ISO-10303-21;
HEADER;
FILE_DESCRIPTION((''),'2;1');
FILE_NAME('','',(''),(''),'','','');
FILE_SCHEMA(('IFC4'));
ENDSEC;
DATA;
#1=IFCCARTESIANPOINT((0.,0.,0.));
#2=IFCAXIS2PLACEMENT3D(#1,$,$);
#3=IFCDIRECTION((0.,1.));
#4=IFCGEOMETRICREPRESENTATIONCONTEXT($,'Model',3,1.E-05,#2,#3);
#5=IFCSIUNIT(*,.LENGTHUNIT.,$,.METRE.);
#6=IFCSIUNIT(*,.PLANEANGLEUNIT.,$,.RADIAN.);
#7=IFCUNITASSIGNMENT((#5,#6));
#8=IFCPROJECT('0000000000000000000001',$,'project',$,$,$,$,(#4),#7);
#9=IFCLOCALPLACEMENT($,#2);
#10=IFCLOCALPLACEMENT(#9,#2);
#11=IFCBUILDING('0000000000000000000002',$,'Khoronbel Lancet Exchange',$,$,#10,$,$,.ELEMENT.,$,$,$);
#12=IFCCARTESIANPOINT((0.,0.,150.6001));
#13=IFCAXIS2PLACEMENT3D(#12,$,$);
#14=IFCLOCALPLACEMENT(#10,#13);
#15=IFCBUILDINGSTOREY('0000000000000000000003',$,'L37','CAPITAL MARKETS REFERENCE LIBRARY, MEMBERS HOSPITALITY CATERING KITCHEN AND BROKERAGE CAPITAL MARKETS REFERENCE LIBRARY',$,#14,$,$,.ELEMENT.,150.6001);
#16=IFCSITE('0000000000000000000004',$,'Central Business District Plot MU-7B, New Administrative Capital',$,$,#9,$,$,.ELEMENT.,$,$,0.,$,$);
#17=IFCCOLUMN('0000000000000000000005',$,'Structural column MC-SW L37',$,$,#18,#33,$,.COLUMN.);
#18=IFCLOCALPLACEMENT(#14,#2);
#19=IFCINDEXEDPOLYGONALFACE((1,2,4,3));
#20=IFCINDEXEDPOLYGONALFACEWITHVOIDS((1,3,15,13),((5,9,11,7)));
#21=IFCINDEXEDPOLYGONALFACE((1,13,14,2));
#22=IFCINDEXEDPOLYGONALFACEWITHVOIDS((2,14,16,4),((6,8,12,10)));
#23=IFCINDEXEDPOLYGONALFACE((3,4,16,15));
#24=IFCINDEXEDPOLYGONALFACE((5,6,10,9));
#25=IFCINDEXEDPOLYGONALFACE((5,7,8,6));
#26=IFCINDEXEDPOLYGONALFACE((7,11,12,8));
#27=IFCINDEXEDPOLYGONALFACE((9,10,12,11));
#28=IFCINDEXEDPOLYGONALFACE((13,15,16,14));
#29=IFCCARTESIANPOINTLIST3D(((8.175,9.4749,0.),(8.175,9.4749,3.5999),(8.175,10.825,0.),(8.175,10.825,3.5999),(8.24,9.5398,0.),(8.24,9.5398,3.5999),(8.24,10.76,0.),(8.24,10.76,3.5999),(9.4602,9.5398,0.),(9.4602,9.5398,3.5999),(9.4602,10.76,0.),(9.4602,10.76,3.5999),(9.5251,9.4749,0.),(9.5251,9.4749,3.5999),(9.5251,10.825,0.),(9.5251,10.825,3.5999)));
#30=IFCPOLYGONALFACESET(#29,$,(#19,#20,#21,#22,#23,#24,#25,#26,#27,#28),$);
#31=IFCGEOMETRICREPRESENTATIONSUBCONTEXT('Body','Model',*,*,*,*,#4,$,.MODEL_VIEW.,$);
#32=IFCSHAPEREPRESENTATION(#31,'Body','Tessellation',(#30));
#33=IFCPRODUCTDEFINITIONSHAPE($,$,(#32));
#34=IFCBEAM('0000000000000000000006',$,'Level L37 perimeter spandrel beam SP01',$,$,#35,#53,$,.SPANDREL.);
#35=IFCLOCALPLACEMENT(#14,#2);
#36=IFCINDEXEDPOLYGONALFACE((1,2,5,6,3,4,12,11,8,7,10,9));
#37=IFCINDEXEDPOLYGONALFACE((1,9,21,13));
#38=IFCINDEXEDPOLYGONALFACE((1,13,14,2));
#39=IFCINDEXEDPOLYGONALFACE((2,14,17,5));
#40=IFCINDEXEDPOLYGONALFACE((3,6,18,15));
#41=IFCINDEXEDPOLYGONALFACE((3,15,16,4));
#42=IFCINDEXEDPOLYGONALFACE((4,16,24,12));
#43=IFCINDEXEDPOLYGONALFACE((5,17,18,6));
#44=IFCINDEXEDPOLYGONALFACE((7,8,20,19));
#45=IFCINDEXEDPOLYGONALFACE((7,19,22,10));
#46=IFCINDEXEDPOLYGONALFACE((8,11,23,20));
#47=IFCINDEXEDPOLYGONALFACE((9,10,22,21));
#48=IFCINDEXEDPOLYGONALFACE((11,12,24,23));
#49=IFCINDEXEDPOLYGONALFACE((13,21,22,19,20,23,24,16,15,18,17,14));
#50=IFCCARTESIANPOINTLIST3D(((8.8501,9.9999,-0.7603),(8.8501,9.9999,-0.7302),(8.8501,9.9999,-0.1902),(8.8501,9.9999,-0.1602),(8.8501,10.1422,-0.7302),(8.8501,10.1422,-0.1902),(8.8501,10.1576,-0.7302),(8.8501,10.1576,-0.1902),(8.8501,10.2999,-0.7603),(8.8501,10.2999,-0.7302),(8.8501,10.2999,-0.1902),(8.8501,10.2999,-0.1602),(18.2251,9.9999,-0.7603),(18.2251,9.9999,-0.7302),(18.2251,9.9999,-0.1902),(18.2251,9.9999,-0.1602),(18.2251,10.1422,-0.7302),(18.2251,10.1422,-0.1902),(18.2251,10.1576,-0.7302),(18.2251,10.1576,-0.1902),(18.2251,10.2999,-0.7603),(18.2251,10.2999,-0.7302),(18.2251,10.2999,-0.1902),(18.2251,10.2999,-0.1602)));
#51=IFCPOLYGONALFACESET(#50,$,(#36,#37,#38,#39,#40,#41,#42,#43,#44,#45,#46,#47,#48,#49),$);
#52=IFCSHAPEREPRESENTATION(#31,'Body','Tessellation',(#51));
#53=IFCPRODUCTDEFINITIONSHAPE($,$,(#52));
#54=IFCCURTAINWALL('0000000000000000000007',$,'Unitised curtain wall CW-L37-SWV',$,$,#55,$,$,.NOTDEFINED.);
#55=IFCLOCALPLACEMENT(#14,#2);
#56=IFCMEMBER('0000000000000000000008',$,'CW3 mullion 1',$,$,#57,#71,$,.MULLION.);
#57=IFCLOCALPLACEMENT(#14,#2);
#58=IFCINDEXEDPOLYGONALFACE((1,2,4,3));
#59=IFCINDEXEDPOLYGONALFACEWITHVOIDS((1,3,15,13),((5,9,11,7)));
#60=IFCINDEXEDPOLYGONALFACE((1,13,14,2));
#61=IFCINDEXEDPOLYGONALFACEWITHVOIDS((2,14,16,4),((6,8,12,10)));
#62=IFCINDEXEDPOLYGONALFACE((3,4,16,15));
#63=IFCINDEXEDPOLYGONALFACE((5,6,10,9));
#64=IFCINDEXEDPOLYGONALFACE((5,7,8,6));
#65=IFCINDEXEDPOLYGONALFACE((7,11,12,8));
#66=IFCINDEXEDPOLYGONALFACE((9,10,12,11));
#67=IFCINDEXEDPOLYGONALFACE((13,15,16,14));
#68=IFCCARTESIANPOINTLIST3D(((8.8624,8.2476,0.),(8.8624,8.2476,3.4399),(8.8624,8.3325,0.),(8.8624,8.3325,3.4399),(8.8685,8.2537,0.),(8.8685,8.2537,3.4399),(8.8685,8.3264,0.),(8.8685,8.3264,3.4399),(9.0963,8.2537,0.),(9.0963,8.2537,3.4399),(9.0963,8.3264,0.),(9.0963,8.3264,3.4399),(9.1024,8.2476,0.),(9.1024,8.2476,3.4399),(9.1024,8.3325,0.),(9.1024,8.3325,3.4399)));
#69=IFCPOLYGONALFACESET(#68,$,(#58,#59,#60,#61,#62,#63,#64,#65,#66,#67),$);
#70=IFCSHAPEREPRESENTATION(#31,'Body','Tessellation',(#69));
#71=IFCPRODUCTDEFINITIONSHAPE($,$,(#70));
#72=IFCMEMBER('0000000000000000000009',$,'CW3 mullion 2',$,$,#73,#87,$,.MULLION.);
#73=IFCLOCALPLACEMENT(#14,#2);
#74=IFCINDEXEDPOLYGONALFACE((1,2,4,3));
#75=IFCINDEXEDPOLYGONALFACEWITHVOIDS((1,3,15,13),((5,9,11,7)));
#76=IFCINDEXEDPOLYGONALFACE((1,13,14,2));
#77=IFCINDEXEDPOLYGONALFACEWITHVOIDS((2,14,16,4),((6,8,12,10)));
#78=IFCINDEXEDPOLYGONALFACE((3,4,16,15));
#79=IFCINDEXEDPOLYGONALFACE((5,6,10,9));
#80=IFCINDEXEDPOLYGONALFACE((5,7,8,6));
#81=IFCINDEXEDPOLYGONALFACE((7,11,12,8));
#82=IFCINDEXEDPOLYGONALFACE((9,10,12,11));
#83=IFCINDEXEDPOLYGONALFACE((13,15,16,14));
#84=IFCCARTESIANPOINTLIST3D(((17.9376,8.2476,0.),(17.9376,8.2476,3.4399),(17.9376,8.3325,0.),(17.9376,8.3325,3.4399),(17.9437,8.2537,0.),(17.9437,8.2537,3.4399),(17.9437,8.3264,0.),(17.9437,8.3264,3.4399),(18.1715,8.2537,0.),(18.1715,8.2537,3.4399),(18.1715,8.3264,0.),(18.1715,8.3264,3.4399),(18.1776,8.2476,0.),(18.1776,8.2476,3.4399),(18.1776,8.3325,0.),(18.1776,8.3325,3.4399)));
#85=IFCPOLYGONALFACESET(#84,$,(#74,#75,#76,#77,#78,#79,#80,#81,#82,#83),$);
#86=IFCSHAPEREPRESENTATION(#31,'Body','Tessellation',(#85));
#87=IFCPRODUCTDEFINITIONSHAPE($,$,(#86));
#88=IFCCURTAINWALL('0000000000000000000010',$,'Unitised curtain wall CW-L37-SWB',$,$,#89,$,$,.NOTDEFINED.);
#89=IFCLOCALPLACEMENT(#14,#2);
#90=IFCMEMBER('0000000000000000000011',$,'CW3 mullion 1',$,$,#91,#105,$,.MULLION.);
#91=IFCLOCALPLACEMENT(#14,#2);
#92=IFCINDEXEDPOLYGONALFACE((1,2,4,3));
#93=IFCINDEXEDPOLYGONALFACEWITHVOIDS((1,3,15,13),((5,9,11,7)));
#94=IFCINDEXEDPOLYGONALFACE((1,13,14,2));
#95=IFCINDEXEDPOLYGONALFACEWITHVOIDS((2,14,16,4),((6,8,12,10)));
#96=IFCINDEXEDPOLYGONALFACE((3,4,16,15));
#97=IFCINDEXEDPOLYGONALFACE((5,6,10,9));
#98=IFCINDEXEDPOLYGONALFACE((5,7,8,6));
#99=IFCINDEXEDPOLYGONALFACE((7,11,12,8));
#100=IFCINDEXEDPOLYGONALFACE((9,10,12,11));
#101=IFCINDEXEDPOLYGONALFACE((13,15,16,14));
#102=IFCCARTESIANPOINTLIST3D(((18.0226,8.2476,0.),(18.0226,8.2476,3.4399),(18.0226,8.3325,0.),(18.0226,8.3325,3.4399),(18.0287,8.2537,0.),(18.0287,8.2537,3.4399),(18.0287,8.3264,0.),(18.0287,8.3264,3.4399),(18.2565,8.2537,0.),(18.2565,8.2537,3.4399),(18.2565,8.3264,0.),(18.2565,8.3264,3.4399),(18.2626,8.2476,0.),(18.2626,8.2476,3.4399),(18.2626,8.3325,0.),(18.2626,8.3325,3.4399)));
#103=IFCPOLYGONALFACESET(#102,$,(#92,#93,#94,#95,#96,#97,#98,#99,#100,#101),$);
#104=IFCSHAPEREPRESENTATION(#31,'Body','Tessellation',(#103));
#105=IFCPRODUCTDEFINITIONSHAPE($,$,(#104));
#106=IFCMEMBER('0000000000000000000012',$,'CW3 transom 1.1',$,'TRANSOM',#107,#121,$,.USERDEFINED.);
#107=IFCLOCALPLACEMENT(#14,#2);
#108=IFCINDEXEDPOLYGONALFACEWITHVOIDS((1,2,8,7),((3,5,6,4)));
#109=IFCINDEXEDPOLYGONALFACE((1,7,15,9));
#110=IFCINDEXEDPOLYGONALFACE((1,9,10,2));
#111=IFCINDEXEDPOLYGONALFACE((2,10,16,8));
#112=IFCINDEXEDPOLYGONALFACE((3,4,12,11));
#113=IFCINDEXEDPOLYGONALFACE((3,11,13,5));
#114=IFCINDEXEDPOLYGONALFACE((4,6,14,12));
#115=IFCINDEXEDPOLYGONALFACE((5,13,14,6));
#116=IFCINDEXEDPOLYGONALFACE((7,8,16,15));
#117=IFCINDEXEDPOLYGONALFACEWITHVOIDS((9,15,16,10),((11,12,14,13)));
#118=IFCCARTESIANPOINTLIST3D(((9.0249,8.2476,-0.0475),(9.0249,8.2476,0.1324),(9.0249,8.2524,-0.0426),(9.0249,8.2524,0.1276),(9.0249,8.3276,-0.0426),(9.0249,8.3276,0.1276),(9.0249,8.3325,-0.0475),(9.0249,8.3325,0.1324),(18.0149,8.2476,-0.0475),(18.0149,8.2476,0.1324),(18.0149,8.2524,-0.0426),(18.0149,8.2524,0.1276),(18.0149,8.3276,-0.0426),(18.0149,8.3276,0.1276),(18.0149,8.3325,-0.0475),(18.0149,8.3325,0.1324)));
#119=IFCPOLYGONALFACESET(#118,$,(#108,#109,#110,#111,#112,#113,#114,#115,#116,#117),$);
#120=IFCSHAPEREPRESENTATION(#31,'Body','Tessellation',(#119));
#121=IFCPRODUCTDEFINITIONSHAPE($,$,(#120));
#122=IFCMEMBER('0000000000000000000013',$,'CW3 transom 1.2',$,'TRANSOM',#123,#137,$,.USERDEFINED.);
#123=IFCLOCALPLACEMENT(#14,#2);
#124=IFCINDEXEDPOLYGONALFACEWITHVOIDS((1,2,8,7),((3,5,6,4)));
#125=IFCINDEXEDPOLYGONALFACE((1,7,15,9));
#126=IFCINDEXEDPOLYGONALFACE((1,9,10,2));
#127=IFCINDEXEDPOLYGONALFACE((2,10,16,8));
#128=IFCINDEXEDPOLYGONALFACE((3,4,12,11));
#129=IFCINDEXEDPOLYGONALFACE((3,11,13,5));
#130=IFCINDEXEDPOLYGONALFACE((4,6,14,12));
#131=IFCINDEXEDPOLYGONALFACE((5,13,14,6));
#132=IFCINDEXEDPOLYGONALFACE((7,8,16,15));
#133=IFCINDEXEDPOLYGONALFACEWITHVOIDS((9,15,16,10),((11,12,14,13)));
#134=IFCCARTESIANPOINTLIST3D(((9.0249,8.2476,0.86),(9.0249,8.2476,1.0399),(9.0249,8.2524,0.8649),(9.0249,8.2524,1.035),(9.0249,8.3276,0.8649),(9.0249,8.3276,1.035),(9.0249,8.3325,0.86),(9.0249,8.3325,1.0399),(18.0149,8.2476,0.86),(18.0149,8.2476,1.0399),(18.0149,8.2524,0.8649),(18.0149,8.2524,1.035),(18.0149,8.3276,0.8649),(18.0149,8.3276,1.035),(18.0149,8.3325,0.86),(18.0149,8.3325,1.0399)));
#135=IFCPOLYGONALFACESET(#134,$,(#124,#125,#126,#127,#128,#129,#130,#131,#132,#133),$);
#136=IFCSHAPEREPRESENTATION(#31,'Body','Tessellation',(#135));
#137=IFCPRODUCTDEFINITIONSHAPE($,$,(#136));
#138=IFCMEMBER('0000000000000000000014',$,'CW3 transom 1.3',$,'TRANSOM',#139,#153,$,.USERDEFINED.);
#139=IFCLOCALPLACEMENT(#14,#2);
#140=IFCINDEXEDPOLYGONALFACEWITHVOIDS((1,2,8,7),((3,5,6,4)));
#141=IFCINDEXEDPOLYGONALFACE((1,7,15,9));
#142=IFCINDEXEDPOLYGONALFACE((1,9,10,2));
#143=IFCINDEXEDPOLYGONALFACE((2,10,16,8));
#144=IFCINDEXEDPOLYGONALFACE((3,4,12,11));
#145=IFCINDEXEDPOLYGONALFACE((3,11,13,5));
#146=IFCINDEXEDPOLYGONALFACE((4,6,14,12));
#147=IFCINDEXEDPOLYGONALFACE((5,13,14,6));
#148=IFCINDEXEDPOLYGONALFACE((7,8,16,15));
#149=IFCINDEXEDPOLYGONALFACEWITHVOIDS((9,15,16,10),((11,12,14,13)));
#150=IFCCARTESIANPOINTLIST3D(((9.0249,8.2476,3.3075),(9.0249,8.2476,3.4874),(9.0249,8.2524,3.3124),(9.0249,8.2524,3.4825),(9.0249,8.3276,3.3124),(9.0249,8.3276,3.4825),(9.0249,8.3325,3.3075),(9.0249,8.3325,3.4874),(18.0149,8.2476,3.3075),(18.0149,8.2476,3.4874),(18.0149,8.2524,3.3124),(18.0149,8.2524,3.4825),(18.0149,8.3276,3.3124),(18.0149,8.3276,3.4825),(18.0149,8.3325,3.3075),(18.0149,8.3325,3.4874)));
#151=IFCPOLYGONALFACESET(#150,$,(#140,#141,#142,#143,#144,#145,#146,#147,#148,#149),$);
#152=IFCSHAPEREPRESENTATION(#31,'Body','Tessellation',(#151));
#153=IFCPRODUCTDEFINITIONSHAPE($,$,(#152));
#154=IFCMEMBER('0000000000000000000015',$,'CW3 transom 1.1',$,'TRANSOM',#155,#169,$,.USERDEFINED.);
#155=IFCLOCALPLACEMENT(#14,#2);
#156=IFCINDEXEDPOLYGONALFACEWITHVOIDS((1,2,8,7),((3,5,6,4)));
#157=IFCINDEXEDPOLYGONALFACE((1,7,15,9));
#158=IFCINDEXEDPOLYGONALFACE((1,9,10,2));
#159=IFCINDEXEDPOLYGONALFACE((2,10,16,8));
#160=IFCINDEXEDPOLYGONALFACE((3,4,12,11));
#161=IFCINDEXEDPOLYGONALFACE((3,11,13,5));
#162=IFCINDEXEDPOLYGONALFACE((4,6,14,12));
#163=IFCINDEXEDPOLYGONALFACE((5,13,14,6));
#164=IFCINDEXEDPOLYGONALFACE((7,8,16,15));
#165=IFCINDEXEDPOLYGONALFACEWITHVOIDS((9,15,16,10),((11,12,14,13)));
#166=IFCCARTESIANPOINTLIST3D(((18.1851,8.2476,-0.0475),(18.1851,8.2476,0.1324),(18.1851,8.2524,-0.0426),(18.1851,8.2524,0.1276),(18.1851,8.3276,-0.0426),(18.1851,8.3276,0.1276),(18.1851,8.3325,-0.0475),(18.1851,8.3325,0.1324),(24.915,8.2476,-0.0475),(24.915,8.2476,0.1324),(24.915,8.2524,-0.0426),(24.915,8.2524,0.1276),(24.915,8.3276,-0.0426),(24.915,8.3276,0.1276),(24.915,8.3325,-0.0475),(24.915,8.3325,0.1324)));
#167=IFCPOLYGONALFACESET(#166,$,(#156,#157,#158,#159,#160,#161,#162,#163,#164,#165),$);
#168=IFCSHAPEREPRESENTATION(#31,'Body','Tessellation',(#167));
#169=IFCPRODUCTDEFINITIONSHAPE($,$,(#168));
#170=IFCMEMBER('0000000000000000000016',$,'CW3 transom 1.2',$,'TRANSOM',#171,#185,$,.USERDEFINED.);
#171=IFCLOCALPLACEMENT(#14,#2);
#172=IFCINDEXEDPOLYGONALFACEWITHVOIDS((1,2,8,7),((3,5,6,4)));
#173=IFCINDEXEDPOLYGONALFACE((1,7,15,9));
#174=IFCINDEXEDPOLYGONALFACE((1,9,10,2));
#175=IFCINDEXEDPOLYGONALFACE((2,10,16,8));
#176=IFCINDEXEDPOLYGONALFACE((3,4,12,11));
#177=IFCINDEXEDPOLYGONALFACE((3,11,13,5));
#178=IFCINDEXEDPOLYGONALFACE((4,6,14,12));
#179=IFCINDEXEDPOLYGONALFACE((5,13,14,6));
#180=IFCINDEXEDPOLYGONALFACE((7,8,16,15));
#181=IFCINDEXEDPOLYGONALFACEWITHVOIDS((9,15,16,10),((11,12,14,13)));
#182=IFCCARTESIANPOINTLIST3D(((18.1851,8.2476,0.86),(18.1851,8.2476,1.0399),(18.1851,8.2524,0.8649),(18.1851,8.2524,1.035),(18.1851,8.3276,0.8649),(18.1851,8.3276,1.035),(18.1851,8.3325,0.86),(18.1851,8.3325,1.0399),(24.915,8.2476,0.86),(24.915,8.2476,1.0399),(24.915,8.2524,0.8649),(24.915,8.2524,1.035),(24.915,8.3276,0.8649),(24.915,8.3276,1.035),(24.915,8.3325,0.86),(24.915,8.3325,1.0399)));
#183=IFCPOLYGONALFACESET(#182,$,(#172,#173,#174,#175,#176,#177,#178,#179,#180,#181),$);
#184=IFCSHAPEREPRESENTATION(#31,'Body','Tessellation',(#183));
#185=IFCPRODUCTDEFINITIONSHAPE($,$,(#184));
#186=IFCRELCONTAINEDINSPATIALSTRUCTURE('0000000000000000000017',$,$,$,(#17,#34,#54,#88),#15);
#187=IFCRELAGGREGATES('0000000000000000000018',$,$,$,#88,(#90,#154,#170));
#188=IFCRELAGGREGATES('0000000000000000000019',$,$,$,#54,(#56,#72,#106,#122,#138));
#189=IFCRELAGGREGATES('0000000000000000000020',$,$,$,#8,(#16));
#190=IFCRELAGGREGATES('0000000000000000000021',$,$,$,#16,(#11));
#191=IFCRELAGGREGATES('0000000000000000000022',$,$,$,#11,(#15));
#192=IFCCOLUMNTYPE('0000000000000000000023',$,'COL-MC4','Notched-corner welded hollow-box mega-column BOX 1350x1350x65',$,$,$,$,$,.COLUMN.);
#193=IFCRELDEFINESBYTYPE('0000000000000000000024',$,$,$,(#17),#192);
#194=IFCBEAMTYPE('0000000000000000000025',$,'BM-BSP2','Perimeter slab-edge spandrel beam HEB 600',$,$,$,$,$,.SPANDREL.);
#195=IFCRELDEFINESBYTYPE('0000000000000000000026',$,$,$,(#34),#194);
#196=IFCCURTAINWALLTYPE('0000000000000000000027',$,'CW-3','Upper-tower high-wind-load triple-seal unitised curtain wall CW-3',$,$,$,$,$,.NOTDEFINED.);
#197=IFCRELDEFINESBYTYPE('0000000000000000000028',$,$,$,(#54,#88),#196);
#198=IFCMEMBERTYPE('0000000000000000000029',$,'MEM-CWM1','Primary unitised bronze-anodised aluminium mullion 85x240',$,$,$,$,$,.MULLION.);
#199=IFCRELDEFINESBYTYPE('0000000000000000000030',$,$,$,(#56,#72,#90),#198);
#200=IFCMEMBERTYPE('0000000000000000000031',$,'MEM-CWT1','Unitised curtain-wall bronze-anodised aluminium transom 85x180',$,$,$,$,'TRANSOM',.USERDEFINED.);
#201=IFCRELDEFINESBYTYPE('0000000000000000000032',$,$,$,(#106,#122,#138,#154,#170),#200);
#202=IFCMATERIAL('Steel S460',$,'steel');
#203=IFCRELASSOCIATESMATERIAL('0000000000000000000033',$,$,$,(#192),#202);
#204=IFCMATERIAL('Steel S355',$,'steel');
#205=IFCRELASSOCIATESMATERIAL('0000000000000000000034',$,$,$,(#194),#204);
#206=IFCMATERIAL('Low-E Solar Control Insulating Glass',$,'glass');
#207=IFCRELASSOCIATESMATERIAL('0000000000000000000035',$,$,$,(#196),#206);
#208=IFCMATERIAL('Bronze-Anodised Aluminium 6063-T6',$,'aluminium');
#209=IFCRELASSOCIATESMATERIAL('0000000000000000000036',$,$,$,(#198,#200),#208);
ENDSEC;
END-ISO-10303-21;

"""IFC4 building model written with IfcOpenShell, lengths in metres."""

from ifc_helpers import new_model, si_unit, direction, frame, origin, origin_2d, place, context, subcontext, project, spatial, hollow_rectangle, i_section, extrude, material, material_profile, profile_set, type_object, element, aggregate, save


model = new_model("IFC4")

# Units and contexts
model_context = context("Model", 3, precision=1e-05, world=origin(), true_north=direction((0.0, 1.0)))
body_context = subcontext(model_context, "Body", "Model", "MODEL_VIEW")
ifc_project = project(units=[si_unit("LENGTHUNIT", "METRE"), si_unit("PLANEANGLEUNIT", "RADIAN")], contexts=[model_context])

# Site, building, storey
site_placement = place(None, origin())
site = spatial("IfcSite", under=ifc_project, at=site_placement, Name="Central Business District Plot MU-7B, New Administrative Capital", CompositionType="ELEMENT", RefElevation=0.0)
building_placement = place(site_placement, origin())
building = spatial("IfcBuilding", under=site, at=building_placement, Name="Khoronbel Lancet Exchange", CompositionType="ELEMENT")
storey_placement = place(building_placement, frame((0.0, 0.0, 150.6001)))
storey = spatial("IfcBuildingStorey", under=building, at=storey_placement, Name="L37", Description="CAPITAL MARKETS REFERENCE LIBRARY, MEMBERS HOSPITALITY CATERING KITCHEN AND BROKERAGE CAPITAL MARKETS REFERENCE LIBRARY", CompositionType="ELEMENT", Elevation=150.6001)

# Column
ifc_material_1 = material(Name="Steel S460", Category="steel")
ifc_material_profile_1 = material_profile(ifc_material_1, hollow_rectangle(XDim=1.3501, YDim=1.3501, WallThickness=0.0649, at=origin_2d()), Name="BOX 1350x1350x65")
ifc_profile_set_1 = profile_set([ifc_material_profile_1], Name="Steel S460")
column_type = type_object("IfcColumnType", Name="COL-MC4", Description="Notched-corner welded hollow-box mega-column BOX 1350x1350x65", PredefinedType="COLUMN", material=ifc_profile_set_1)
column_placement = place(storey_placement, frame((8.8501, 10.1499, 0.0), z_axis=(0.0, 0.0, 1.0), x_axis=(1.0, 0.0, 0.0)))
element("IfcColumn", 1, at=column_placement, inside=storey, type_object=column_type, Name="Structural column MC-SW L37", PredefinedType="COLUMN", context=body_context, shape_type="SweptSolid", body=[
    extrude(hollow_rectangle(XDim=1.3501, YDim=1.3501, WallThickness=0.0649, at=origin_2d()), origin(), (0.0, 0.0, 1.0), 3.5999),
])

# Beam
ifc_material_2 = material(Name="Steel S355", Category="steel")
ifc_material_profile_2 = material_profile(ifc_material_2, i_section(OverallWidth=0.3, OverallDepth=0.6001, WebThickness=0.0154, FlangeThickness=0.03, at=origin_2d()), Name="HEB 600")
ifc_profile_set_2 = profile_set([ifc_material_profile_2], Name="Steel S355")
beam_type = type_object("IfcBeamType", Name="BM-BSP2", Description="Perimeter slab-edge spandrel beam HEB 600", PredefinedType="SPANDREL", material=ifc_profile_set_2)
beam_placement = place(storey_placement, frame((8.8501, 10.1499, -0.4602), z_axis=(1.0, 0.0, 0.0), x_axis=(0.0, 1.0, 0.0)))
element("IfcBeam", 2, at=beam_placement, inside=storey, type_object=beam_type, Name="Level L37 perimeter spandrel beam SP01", PredefinedType="SPANDREL", context=body_context, shape_type="SweptSolid", body=[
    extrude(i_section(OverallWidth=0.3, OverallDepth=0.6001, WebThickness=0.0154, FlangeThickness=0.03, at=origin_2d()), origin(), (0.0, 0.0, 1.0), 9.375),
])

# Curtain wall, members
ifc_material_3 = material(Name="Low-E Solar Control Insulating Glass", Category="glass")
curtain_wall_type = type_object("IfcCurtainWallType", Name="CW-3", Description="Upper-tower high-wind-load triple-seal unitised curtain wall CW-3", PredefinedType="NOTDEFINED", material=ifc_material_3)
curtain_wall_1_placement = place(storey_placement, origin())
curtain_wall_1 = element("IfcCurtainWall", 3, at=curtain_wall_1_placement, inside=storey, type_object=curtain_wall_type, Name="Unitised curtain wall CW-L37-SWV", PredefinedType="NOTDEFINED")
ifc_material_4 = material(Name="Bronze-Anodised Aluminium 6063-T6", Category="aluminium")
ifc_material_profile_3 = material_profile(ifc_material_4, hollow_rectangle(XDim=0.085, YDim=0.24, WallThickness=0.0061, at=origin_2d()), Name="ALU MULLION 85x240")
ifc_profile_set_3 = profile_set([ifc_material_profile_3], Name="Bronze-Anodised Aluminium 6063-T6")
member_type_1 = type_object("IfcMemberType", Name="MEM-CWM1", Description="Primary unitised bronze-anodised aluminium mullion 85x240", PredefinedType="MULLION", material=ifc_profile_set_3)
member_1_placement = place(storey_placement, frame((8.9824, 8.29, 0.0), z_axis=(0.0, 0.0, 1.0), x_axis=(0.0, 1.0, 0.0)))
member_1 = element("IfcMember", 4, at=member_1_placement, type_object=member_type_1, Name="CW3 mullion 1", PredefinedType="MULLION", context=body_context, shape_type="SweptSolid", body=[
    extrude(hollow_rectangle(XDim=0.085, YDim=0.24, WallThickness=0.0061, at=origin_2d()), origin(), (0.0, 0.0, 1.0), 3.4399),
])
member_2_placement = place(storey_placement, frame((18.0576, 8.29, 0.0), z_axis=(0.0, 0.0, 1.0), x_axis=(0.0, 1.0, 0.0)))
member_2 = element("IfcMember", 5, at=member_2_placement, type_object=member_type_1, Name="CW3 mullion 2", PredefinedType="MULLION", context=body_context, shape_type="SweptSolid", body=[
    extrude(hollow_rectangle(XDim=0.085, YDim=0.24, WallThickness=0.0061, at=origin_2d()), origin(), (0.0, 0.0, 1.0), 3.4399),
])

# Curtain wall, member
curtain_wall_2_placement = place(storey_placement, origin())
curtain_wall_2 = element("IfcCurtainWall", 6, at=curtain_wall_2_placement, inside=storey, type_object=curtain_wall_type, Name="Unitised curtain wall CW-L37-SWB", PredefinedType="NOTDEFINED")
member_3_placement = place(storey_placement, frame((18.1426, 8.29, 0.0), z_axis=(0.0, 0.0, 1.0), x_axis=(0.0, 1.0, 0.0)))
member_3 = element("IfcMember", 7, at=member_3_placement, type_object=member_type_1, Name="CW3 mullion 1", PredefinedType="MULLION", context=body_context, shape_type="SweptSolid", body=[
    extrude(hollow_rectangle(XDim=0.085, YDim=0.24, WallThickness=0.0061, at=origin_2d()), origin(), (0.0, 0.0, 1.0), 3.4399),
])

# Members
ifc_material_profile_4 = material_profile(ifc_material_4, hollow_rectangle(XDim=0.085, YDim=0.1799, WallThickness=0.0049, at=origin_2d()), Name="ALU TRANSOM 85x180")
ifc_profile_set_4 = profile_set([ifc_material_profile_4], Name="Bronze-Anodised Aluminium 6063-T6")
member_type_2 = type_object("IfcMemberType", Name="MEM-CWT1", Description="Unitised curtain-wall bronze-anodised aluminium transom 85x180", ElementType="TRANSOM", PredefinedType="USERDEFINED", material=ifc_profile_set_4)
member_4_placement = place(storey_placement, frame((9.0249, 8.29, 0.0425), z_axis=(1.0, 0.0, 0.0), x_axis=(0.0, 1.0, 0.0)))
member_4 = element("IfcMember", 8, at=member_4_placement, type_object=member_type_2, Name="CW3 transom 1.1", ObjectType="TRANSOM", PredefinedType="USERDEFINED", context=body_context, shape_type="SweptSolid", body=[
    extrude(hollow_rectangle(XDim=0.085, YDim=0.1799, WallThickness=0.0049, at=origin_2d()), origin(), (0.0, 0.0, 1.0), 8.99),
])
member_5_placement = place(storey_placement, frame((9.0249, 8.29, 0.95), z_axis=(1.0, 0.0, 0.0), x_axis=(0.0, 1.0, 0.0)))
member_5 = element("IfcMember", 9, at=member_5_placement, type_object=member_type_2, Name="CW3 transom 1.2", ObjectType="TRANSOM", PredefinedType="USERDEFINED", context=body_context, shape_type="SweptSolid", body=[
    extrude(hollow_rectangle(XDim=0.085, YDim=0.1799, WallThickness=0.0049, at=origin_2d()), origin(), (0.0, 0.0, 1.0), 8.99),
])
member_6_placement = place(storey_placement, frame((9.0249, 8.29, 3.3975), z_axis=(1.0, 0.0, 0.0), x_axis=(0.0, 1.0, 0.0)))
member_6 = element("IfcMember", 10, at=member_6_placement, type_object=member_type_2, Name="CW3 transom 1.3", ObjectType="TRANSOM", PredefinedType="USERDEFINED", context=body_context, shape_type="SweptSolid", body=[
    extrude(hollow_rectangle(XDim=0.085, YDim=0.1799, WallThickness=0.0049, at=origin_2d()), origin(), (0.0, 0.0, 1.0), 8.99),
])
member_7_placement = place(storey_placement, frame((18.1851, 8.29, 0.0425), z_axis=(1.0, 0.0, 0.0), x_axis=(0.0, 1.0, 0.0)))
member_7 = element("IfcMember", 11, at=member_7_placement, type_object=member_type_2, Name="CW3 transom 1.1", ObjectType="TRANSOM", PredefinedType="USERDEFINED", context=body_context, shape_type="SweptSolid", body=[
    extrude(hollow_rectangle(XDim=0.085, YDim=0.1799, WallThickness=0.0049, at=origin_2d()), origin(), (0.0, 0.0, 1.0), 6.73),
])
member_8_placement = place(storey_placement, frame((18.1851, 8.29, 0.95), z_axis=(1.0, 0.0, 0.0), x_axis=(0.0, 1.0, 0.0)))
member_8 = element("IfcMember", 12, at=member_8_placement, type_object=member_type_2, Name="CW3 transom 1.2", ObjectType="TRANSOM", PredefinedType="USERDEFINED", context=body_context, shape_type="SweptSolid", body=[
    extrude(hollow_rectangle(XDim=0.085, YDim=0.1799, WallThickness=0.0049, at=origin_2d()), origin(), (0.0, 0.0, 1.0), 6.73),
])
aggregate(curtain_wall_2, [member_3, member_7, member_8])

aggregate(curtain_wall_1, [member_1, member_2, member_4, member_5, member_6])

save(model, "model.ifc")
